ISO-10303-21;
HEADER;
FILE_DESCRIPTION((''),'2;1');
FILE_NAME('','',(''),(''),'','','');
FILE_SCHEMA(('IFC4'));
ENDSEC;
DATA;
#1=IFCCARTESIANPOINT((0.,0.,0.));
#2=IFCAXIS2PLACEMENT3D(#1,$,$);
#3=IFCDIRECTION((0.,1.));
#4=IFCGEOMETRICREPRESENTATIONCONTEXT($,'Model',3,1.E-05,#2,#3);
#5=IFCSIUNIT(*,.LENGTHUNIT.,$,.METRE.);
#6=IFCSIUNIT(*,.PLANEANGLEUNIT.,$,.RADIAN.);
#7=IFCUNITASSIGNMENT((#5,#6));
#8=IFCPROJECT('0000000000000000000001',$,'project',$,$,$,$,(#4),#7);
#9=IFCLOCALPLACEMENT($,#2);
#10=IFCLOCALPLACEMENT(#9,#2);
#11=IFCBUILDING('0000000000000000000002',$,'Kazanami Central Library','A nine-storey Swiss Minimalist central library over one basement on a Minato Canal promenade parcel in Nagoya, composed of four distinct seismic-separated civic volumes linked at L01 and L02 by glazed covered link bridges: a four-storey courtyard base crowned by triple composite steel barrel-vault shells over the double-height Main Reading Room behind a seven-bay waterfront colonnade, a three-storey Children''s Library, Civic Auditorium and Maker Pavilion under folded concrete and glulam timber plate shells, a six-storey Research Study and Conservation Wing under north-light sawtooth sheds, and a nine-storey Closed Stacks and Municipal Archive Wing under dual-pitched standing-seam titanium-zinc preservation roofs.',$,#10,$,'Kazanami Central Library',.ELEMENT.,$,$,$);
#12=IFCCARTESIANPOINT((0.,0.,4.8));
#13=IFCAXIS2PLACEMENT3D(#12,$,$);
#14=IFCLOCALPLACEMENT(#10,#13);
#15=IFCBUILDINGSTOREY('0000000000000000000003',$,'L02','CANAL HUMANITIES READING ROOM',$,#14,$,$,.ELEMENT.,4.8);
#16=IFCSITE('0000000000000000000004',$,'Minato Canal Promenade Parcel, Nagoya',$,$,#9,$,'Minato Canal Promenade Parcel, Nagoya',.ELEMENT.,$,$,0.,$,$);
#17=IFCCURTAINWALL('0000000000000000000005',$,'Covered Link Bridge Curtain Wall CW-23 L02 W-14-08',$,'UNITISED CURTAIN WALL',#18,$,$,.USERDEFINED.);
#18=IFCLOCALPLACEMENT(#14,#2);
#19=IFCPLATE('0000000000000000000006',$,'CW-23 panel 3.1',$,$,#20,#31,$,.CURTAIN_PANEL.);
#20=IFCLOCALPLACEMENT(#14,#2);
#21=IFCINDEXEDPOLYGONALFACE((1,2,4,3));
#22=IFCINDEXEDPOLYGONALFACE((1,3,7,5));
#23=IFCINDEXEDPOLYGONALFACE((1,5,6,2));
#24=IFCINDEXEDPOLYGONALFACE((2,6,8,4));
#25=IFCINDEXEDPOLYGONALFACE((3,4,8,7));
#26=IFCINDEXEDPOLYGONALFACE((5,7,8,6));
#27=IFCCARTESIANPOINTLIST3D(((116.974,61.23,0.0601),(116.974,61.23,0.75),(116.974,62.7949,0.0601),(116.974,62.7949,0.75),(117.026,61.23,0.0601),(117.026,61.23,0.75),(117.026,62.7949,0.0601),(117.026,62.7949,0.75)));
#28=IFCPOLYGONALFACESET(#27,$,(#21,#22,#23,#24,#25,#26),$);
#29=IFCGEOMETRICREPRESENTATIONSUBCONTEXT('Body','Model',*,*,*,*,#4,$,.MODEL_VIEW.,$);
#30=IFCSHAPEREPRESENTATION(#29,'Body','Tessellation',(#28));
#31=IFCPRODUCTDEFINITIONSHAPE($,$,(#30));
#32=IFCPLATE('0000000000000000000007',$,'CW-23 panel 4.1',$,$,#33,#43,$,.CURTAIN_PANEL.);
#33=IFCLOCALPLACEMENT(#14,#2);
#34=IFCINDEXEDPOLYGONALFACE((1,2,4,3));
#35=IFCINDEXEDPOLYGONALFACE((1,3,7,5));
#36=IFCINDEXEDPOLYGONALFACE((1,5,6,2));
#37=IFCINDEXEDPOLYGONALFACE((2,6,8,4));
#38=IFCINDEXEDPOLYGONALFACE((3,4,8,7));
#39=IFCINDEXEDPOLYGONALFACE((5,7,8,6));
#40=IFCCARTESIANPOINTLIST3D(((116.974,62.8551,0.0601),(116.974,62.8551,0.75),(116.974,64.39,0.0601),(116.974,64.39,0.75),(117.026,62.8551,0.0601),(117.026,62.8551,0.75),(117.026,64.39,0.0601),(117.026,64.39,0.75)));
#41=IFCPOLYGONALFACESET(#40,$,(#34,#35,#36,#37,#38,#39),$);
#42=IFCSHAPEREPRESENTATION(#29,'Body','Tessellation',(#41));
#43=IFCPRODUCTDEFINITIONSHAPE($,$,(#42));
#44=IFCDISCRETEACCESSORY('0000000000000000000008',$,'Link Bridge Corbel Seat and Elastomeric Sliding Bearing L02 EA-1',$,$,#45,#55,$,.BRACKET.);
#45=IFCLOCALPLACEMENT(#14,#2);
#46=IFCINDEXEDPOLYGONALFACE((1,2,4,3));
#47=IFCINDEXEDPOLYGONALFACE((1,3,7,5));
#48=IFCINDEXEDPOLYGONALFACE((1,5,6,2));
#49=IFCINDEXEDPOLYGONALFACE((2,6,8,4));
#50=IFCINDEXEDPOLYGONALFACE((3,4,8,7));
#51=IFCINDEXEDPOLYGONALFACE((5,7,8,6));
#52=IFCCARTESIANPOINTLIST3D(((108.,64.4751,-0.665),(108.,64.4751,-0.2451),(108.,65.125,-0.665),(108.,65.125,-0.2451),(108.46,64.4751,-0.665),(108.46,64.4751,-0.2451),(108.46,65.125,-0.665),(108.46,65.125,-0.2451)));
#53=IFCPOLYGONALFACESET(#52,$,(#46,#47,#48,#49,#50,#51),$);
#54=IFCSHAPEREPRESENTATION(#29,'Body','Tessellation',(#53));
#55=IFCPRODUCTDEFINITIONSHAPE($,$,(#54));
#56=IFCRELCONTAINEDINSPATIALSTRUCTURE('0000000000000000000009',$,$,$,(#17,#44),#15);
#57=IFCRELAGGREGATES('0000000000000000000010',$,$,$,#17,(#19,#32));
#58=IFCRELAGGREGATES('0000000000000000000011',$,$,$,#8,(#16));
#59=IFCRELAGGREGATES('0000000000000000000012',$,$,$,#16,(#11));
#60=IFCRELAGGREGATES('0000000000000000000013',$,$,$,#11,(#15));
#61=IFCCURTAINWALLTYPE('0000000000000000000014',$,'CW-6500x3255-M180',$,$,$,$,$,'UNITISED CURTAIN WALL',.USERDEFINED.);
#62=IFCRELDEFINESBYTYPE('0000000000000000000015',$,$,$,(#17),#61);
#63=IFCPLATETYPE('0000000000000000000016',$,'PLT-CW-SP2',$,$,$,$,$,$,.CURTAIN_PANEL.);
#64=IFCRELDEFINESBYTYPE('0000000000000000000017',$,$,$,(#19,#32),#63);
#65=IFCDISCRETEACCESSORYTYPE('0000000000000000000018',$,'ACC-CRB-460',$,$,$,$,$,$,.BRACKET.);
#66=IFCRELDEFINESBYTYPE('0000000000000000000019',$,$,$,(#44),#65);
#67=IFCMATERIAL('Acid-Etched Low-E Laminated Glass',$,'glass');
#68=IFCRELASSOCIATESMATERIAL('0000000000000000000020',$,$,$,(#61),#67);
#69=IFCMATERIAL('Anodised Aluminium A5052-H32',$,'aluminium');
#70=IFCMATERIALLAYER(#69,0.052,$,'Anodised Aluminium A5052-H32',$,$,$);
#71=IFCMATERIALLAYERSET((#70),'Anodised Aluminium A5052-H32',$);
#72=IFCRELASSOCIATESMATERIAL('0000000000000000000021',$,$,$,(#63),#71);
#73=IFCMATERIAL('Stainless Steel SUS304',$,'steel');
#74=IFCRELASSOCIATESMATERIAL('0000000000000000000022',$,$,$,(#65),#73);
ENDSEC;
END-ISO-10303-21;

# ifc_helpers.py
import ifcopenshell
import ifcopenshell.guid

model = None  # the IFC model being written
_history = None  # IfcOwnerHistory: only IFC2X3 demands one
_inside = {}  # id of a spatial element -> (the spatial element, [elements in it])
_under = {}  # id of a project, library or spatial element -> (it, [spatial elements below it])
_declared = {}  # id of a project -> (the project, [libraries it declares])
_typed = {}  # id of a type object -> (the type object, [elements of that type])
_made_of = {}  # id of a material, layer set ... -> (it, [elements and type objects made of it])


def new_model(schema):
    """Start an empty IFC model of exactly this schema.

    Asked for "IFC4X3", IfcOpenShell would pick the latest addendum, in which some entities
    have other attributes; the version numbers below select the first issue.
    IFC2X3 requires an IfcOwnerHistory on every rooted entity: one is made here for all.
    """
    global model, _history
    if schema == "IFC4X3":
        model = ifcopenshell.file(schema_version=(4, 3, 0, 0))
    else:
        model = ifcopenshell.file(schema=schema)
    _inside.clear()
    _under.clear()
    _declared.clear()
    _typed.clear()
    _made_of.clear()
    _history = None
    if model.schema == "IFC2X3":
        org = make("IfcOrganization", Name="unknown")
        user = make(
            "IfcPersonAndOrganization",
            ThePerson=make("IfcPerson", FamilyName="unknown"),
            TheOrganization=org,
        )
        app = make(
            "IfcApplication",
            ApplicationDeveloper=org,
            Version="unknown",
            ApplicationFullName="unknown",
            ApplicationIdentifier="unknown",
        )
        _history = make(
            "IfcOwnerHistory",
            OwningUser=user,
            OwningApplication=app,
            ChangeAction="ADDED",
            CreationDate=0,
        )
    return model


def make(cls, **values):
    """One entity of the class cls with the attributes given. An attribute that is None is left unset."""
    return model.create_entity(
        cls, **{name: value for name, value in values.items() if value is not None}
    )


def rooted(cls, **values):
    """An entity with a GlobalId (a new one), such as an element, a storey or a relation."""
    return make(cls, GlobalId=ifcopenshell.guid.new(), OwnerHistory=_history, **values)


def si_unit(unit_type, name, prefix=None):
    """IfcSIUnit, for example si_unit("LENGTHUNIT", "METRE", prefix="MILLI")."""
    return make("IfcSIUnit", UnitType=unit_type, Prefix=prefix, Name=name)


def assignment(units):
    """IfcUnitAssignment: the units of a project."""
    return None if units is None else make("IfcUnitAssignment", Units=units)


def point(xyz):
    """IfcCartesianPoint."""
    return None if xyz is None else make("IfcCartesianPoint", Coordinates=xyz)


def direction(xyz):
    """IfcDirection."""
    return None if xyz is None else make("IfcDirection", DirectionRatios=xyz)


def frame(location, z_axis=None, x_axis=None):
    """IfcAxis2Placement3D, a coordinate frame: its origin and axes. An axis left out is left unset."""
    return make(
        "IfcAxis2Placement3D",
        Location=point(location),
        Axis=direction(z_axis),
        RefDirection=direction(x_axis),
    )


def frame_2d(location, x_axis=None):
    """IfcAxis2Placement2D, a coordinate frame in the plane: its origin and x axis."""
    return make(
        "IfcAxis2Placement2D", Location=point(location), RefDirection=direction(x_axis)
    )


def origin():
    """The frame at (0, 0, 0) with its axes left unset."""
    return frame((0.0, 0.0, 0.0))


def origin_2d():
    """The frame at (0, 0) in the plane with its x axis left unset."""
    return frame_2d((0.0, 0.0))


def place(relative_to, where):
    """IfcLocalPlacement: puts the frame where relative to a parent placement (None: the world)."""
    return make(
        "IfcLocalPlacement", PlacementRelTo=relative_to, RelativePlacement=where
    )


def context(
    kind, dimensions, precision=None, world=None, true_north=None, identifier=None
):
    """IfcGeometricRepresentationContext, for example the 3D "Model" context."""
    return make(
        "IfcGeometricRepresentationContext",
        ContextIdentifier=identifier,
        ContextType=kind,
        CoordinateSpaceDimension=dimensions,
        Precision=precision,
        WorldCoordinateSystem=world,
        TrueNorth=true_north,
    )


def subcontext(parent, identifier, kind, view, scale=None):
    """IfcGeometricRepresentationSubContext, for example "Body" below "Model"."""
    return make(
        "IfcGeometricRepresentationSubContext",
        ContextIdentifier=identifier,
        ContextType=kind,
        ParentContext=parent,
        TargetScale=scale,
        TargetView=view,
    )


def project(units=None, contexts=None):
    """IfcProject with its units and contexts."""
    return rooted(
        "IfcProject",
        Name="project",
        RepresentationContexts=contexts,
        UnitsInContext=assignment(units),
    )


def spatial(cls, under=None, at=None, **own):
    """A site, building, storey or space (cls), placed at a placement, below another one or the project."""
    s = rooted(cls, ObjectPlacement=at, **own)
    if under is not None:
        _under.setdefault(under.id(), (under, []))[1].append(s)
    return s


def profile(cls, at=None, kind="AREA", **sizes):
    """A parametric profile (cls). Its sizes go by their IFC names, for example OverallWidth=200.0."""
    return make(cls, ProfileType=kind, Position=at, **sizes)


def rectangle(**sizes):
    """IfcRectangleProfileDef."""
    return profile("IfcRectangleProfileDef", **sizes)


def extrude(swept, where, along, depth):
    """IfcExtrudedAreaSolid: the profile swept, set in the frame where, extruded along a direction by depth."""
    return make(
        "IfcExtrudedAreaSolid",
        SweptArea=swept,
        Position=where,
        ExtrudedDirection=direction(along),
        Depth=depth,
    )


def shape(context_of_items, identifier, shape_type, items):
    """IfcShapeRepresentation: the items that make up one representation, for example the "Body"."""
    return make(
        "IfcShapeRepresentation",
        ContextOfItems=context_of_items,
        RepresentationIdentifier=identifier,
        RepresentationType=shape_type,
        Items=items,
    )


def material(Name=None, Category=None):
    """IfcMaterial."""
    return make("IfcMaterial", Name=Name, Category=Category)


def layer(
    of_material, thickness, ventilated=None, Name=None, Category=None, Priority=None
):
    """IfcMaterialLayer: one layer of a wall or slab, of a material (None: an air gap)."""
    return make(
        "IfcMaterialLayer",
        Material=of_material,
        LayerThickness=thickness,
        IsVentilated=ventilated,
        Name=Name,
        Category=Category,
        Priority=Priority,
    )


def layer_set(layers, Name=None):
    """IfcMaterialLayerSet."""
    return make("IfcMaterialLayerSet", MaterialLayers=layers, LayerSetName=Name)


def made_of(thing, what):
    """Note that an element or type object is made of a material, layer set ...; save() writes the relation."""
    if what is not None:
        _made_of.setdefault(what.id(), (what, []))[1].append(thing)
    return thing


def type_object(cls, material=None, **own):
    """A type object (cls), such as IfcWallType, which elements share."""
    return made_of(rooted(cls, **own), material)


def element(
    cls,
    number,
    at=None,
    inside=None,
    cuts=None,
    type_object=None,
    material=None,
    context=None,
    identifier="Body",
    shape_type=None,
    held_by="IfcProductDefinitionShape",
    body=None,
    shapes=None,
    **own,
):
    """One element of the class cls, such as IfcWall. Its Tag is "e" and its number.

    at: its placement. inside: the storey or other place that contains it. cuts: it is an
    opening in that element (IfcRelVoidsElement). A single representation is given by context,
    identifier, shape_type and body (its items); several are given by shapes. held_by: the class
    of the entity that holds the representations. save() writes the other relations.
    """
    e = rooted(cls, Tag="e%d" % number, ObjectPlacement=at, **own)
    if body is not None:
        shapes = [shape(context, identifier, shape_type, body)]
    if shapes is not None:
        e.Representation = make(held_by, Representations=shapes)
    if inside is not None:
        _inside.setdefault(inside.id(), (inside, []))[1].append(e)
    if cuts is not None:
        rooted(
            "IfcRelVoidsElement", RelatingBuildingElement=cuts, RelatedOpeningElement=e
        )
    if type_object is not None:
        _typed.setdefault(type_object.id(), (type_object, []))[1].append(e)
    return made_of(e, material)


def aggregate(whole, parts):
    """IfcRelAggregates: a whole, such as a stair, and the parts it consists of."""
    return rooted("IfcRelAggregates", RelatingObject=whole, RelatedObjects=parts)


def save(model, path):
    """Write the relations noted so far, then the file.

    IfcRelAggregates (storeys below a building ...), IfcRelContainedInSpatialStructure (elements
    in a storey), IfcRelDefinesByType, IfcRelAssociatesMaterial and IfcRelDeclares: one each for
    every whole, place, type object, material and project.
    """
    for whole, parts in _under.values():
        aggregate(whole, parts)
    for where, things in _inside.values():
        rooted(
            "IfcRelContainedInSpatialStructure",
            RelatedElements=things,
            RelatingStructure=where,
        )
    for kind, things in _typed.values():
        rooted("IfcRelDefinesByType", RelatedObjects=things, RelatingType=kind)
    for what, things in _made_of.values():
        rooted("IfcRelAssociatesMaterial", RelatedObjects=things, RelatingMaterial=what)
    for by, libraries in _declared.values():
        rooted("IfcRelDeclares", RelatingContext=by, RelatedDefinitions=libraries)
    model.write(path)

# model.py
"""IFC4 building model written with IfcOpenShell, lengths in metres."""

from ifc_helpers import new_model, si_unit, direction, frame, origin, origin_2d, place, context, subcontext, project, spatial, rectangle, extrude, material, layer, layer_set, type_object, element, aggregate, save


model = new_model("IFC4")

# Units and contexts
model_context = context("Model", 3, precision=1e-05, world=origin(), true_north=direction((0.0, 1.0)))
body_context = subcontext(model_context, "Body", "Model", "MODEL_VIEW")
ifc_project = project(units=[si_unit("LENGTHUNIT", "METRE"), si_unit("PLANEANGLEUNIT", "RADIAN")], contexts=[model_context])

# Site, building, storey
site_placement = place(None, origin())
site = spatial("IfcSite", under=ifc_project, at=site_placement, Name="Minato Canal Promenade Parcel, Nagoya", LongName="Minato Canal Promenade Parcel, Nagoya", CompositionType="ELEMENT", RefElevation=0.0)
building_placement = place(site_placement, origin())
building = spatial("IfcBuilding", under=site, at=building_placement, Name="Kazanami Central Library", Description="A nine-storey Swiss Minimalist central library over one basement on a Minato Canal promenade parcel in Nagoya, composed of four distinct seismic-separated civic volumes linked at L01 and L02 by glazed covered link bridges: a four-storey courtyard base crowned by triple composite steel barrel-vault shells over the double-height Main Reading Room behind a seven-bay waterfront colonnade, a three-storey Children's Library, Civic Auditorium and Maker Pavilion under folded concrete and glulam timber plate shells, a six-storey Research Study and Conservation Wing under north-light sawtooth sheds, and a nine-storey Closed Stacks and Municipal Archive Wing under dual-pitched standing-seam titanium-zinc preservation roofs.", LongName="Kazanami Central Library", CompositionType="ELEMENT")
storey_placement = place(building_placement, frame((0.0, 0.0, 4.8)))
storey = spatial("IfcBuildingStorey", under=building, at=storey_placement, Name="L02", Description="CANAL HUMANITIES READING ROOM", CompositionType="ELEMENT", Elevation=4.8)

# Shared definitions
ifc_material_1 = material(Name="Acid-Etched Low-E Laminated Glass", Category="glass")

# Curtain wall
curtain_wall_type_1 = type_object("IfcCurtainWallType", Name="CW-6500x3255-M180", ElementType="UNITISED CURTAIN WALL", PredefinedType="USERDEFINED", material=ifc_material_1)
curtain_wall_1_placement = place(storey_placement, origin())
curtain_wall_1 = element("IfcCurtainWall", 1, at=curtain_wall_1_placement, inside=storey, type_object=curtain_wall_type_1, Name="Covered Link Bridge Curtain Wall CW-23 L02 W-14-08", ObjectType="UNITISED CURTAIN WALL", PredefinedType="USERDEFINED")

# Plates
ifc_material_2 = material(Name="Anodised Aluminium A5052-H32", Category="aluminium")
ifc_layer_1 = layer(ifc_material_2, 0.052, Name="Anodised Aluminium A5052-H32")
ifc_layer_set_1 = layer_set([ifc_layer_1], Name="Anodised Aluminium A5052-H32")
plate_type_1 = type_object("IfcPlateType", Name="PLT-CW-SP2", PredefinedType="CURTAIN_PANEL", material=ifc_layer_set_1)
plate_1_placement = place(storey_placement, frame((117.0, 62.0125, 0.0601), z_axis=(0.0, 0.0, 1.0), x_axis=(0.0, 1.0, 0.0)))
plate_1 = element("IfcPlate", 2, at=plate_1_placement, type_object=plate_type_1, Name="CW-23 panel 3.1", PredefinedType="CURTAIN_PANEL", context=body_context, shape_type="SweptSolid", body=[
    extrude(rectangle(XDim=1.5649, YDim=0.052, at=origin_2d()), origin(), (0.0, 0.0, 1.0), 0.6899),
])
plate_2_placement = place(storey_placement, frame((117.0, 63.6226, 0.0601), z_axis=(0.0, 0.0, 1.0), x_axis=(0.0, 1.0, 0.0)))
plate_2 = element("IfcPlate", 3, at=plate_2_placement, type_object=plate_type_1, Name="CW-23 panel 4.1", PredefinedType="CURTAIN_PANEL", context=body_context, shape_type="SweptSolid", body=[
    extrude(rectangle(XDim=1.5349, YDim=0.052, at=origin_2d()), origin(), (0.0, 0.0, 1.0), 0.6899),
])
aggregate(curtain_wall_1, [plate_1, plate_2])

# Discrete accessory
ifc_material_3 = material(Name="Stainless Steel SUS304", Category="steel")
discrete_accessory_type = type_object("IfcDiscreteAccessoryType", Name="ACC-CRB-460", PredefinedType="BRACKET", material=ifc_material_3)
discrete_accessory_placement = place(storey_placement, frame((108.23, 64.8, -0.665), z_axis=(0.0, 0.0, 1.0), x_axis=(1.0, 0.0, 0.0)))
element("IfcDiscreteAccessory", 4, at=discrete_accessory_placement, inside=storey, type_object=discrete_accessory_type, Name="Link Bridge Corbel Seat and Elastomeric Sliding Bearing L02 EA-1", PredefinedType="BRACKET", context=body_context, shape_type="SweptSolid", body=[
    extrude(rectangle(XDim=0.46, YDim=0.6499, at=origin_2d()), origin(), (0.0, 0.0, 1.0), 0.4199),
])

save(model, "model.ifc")
